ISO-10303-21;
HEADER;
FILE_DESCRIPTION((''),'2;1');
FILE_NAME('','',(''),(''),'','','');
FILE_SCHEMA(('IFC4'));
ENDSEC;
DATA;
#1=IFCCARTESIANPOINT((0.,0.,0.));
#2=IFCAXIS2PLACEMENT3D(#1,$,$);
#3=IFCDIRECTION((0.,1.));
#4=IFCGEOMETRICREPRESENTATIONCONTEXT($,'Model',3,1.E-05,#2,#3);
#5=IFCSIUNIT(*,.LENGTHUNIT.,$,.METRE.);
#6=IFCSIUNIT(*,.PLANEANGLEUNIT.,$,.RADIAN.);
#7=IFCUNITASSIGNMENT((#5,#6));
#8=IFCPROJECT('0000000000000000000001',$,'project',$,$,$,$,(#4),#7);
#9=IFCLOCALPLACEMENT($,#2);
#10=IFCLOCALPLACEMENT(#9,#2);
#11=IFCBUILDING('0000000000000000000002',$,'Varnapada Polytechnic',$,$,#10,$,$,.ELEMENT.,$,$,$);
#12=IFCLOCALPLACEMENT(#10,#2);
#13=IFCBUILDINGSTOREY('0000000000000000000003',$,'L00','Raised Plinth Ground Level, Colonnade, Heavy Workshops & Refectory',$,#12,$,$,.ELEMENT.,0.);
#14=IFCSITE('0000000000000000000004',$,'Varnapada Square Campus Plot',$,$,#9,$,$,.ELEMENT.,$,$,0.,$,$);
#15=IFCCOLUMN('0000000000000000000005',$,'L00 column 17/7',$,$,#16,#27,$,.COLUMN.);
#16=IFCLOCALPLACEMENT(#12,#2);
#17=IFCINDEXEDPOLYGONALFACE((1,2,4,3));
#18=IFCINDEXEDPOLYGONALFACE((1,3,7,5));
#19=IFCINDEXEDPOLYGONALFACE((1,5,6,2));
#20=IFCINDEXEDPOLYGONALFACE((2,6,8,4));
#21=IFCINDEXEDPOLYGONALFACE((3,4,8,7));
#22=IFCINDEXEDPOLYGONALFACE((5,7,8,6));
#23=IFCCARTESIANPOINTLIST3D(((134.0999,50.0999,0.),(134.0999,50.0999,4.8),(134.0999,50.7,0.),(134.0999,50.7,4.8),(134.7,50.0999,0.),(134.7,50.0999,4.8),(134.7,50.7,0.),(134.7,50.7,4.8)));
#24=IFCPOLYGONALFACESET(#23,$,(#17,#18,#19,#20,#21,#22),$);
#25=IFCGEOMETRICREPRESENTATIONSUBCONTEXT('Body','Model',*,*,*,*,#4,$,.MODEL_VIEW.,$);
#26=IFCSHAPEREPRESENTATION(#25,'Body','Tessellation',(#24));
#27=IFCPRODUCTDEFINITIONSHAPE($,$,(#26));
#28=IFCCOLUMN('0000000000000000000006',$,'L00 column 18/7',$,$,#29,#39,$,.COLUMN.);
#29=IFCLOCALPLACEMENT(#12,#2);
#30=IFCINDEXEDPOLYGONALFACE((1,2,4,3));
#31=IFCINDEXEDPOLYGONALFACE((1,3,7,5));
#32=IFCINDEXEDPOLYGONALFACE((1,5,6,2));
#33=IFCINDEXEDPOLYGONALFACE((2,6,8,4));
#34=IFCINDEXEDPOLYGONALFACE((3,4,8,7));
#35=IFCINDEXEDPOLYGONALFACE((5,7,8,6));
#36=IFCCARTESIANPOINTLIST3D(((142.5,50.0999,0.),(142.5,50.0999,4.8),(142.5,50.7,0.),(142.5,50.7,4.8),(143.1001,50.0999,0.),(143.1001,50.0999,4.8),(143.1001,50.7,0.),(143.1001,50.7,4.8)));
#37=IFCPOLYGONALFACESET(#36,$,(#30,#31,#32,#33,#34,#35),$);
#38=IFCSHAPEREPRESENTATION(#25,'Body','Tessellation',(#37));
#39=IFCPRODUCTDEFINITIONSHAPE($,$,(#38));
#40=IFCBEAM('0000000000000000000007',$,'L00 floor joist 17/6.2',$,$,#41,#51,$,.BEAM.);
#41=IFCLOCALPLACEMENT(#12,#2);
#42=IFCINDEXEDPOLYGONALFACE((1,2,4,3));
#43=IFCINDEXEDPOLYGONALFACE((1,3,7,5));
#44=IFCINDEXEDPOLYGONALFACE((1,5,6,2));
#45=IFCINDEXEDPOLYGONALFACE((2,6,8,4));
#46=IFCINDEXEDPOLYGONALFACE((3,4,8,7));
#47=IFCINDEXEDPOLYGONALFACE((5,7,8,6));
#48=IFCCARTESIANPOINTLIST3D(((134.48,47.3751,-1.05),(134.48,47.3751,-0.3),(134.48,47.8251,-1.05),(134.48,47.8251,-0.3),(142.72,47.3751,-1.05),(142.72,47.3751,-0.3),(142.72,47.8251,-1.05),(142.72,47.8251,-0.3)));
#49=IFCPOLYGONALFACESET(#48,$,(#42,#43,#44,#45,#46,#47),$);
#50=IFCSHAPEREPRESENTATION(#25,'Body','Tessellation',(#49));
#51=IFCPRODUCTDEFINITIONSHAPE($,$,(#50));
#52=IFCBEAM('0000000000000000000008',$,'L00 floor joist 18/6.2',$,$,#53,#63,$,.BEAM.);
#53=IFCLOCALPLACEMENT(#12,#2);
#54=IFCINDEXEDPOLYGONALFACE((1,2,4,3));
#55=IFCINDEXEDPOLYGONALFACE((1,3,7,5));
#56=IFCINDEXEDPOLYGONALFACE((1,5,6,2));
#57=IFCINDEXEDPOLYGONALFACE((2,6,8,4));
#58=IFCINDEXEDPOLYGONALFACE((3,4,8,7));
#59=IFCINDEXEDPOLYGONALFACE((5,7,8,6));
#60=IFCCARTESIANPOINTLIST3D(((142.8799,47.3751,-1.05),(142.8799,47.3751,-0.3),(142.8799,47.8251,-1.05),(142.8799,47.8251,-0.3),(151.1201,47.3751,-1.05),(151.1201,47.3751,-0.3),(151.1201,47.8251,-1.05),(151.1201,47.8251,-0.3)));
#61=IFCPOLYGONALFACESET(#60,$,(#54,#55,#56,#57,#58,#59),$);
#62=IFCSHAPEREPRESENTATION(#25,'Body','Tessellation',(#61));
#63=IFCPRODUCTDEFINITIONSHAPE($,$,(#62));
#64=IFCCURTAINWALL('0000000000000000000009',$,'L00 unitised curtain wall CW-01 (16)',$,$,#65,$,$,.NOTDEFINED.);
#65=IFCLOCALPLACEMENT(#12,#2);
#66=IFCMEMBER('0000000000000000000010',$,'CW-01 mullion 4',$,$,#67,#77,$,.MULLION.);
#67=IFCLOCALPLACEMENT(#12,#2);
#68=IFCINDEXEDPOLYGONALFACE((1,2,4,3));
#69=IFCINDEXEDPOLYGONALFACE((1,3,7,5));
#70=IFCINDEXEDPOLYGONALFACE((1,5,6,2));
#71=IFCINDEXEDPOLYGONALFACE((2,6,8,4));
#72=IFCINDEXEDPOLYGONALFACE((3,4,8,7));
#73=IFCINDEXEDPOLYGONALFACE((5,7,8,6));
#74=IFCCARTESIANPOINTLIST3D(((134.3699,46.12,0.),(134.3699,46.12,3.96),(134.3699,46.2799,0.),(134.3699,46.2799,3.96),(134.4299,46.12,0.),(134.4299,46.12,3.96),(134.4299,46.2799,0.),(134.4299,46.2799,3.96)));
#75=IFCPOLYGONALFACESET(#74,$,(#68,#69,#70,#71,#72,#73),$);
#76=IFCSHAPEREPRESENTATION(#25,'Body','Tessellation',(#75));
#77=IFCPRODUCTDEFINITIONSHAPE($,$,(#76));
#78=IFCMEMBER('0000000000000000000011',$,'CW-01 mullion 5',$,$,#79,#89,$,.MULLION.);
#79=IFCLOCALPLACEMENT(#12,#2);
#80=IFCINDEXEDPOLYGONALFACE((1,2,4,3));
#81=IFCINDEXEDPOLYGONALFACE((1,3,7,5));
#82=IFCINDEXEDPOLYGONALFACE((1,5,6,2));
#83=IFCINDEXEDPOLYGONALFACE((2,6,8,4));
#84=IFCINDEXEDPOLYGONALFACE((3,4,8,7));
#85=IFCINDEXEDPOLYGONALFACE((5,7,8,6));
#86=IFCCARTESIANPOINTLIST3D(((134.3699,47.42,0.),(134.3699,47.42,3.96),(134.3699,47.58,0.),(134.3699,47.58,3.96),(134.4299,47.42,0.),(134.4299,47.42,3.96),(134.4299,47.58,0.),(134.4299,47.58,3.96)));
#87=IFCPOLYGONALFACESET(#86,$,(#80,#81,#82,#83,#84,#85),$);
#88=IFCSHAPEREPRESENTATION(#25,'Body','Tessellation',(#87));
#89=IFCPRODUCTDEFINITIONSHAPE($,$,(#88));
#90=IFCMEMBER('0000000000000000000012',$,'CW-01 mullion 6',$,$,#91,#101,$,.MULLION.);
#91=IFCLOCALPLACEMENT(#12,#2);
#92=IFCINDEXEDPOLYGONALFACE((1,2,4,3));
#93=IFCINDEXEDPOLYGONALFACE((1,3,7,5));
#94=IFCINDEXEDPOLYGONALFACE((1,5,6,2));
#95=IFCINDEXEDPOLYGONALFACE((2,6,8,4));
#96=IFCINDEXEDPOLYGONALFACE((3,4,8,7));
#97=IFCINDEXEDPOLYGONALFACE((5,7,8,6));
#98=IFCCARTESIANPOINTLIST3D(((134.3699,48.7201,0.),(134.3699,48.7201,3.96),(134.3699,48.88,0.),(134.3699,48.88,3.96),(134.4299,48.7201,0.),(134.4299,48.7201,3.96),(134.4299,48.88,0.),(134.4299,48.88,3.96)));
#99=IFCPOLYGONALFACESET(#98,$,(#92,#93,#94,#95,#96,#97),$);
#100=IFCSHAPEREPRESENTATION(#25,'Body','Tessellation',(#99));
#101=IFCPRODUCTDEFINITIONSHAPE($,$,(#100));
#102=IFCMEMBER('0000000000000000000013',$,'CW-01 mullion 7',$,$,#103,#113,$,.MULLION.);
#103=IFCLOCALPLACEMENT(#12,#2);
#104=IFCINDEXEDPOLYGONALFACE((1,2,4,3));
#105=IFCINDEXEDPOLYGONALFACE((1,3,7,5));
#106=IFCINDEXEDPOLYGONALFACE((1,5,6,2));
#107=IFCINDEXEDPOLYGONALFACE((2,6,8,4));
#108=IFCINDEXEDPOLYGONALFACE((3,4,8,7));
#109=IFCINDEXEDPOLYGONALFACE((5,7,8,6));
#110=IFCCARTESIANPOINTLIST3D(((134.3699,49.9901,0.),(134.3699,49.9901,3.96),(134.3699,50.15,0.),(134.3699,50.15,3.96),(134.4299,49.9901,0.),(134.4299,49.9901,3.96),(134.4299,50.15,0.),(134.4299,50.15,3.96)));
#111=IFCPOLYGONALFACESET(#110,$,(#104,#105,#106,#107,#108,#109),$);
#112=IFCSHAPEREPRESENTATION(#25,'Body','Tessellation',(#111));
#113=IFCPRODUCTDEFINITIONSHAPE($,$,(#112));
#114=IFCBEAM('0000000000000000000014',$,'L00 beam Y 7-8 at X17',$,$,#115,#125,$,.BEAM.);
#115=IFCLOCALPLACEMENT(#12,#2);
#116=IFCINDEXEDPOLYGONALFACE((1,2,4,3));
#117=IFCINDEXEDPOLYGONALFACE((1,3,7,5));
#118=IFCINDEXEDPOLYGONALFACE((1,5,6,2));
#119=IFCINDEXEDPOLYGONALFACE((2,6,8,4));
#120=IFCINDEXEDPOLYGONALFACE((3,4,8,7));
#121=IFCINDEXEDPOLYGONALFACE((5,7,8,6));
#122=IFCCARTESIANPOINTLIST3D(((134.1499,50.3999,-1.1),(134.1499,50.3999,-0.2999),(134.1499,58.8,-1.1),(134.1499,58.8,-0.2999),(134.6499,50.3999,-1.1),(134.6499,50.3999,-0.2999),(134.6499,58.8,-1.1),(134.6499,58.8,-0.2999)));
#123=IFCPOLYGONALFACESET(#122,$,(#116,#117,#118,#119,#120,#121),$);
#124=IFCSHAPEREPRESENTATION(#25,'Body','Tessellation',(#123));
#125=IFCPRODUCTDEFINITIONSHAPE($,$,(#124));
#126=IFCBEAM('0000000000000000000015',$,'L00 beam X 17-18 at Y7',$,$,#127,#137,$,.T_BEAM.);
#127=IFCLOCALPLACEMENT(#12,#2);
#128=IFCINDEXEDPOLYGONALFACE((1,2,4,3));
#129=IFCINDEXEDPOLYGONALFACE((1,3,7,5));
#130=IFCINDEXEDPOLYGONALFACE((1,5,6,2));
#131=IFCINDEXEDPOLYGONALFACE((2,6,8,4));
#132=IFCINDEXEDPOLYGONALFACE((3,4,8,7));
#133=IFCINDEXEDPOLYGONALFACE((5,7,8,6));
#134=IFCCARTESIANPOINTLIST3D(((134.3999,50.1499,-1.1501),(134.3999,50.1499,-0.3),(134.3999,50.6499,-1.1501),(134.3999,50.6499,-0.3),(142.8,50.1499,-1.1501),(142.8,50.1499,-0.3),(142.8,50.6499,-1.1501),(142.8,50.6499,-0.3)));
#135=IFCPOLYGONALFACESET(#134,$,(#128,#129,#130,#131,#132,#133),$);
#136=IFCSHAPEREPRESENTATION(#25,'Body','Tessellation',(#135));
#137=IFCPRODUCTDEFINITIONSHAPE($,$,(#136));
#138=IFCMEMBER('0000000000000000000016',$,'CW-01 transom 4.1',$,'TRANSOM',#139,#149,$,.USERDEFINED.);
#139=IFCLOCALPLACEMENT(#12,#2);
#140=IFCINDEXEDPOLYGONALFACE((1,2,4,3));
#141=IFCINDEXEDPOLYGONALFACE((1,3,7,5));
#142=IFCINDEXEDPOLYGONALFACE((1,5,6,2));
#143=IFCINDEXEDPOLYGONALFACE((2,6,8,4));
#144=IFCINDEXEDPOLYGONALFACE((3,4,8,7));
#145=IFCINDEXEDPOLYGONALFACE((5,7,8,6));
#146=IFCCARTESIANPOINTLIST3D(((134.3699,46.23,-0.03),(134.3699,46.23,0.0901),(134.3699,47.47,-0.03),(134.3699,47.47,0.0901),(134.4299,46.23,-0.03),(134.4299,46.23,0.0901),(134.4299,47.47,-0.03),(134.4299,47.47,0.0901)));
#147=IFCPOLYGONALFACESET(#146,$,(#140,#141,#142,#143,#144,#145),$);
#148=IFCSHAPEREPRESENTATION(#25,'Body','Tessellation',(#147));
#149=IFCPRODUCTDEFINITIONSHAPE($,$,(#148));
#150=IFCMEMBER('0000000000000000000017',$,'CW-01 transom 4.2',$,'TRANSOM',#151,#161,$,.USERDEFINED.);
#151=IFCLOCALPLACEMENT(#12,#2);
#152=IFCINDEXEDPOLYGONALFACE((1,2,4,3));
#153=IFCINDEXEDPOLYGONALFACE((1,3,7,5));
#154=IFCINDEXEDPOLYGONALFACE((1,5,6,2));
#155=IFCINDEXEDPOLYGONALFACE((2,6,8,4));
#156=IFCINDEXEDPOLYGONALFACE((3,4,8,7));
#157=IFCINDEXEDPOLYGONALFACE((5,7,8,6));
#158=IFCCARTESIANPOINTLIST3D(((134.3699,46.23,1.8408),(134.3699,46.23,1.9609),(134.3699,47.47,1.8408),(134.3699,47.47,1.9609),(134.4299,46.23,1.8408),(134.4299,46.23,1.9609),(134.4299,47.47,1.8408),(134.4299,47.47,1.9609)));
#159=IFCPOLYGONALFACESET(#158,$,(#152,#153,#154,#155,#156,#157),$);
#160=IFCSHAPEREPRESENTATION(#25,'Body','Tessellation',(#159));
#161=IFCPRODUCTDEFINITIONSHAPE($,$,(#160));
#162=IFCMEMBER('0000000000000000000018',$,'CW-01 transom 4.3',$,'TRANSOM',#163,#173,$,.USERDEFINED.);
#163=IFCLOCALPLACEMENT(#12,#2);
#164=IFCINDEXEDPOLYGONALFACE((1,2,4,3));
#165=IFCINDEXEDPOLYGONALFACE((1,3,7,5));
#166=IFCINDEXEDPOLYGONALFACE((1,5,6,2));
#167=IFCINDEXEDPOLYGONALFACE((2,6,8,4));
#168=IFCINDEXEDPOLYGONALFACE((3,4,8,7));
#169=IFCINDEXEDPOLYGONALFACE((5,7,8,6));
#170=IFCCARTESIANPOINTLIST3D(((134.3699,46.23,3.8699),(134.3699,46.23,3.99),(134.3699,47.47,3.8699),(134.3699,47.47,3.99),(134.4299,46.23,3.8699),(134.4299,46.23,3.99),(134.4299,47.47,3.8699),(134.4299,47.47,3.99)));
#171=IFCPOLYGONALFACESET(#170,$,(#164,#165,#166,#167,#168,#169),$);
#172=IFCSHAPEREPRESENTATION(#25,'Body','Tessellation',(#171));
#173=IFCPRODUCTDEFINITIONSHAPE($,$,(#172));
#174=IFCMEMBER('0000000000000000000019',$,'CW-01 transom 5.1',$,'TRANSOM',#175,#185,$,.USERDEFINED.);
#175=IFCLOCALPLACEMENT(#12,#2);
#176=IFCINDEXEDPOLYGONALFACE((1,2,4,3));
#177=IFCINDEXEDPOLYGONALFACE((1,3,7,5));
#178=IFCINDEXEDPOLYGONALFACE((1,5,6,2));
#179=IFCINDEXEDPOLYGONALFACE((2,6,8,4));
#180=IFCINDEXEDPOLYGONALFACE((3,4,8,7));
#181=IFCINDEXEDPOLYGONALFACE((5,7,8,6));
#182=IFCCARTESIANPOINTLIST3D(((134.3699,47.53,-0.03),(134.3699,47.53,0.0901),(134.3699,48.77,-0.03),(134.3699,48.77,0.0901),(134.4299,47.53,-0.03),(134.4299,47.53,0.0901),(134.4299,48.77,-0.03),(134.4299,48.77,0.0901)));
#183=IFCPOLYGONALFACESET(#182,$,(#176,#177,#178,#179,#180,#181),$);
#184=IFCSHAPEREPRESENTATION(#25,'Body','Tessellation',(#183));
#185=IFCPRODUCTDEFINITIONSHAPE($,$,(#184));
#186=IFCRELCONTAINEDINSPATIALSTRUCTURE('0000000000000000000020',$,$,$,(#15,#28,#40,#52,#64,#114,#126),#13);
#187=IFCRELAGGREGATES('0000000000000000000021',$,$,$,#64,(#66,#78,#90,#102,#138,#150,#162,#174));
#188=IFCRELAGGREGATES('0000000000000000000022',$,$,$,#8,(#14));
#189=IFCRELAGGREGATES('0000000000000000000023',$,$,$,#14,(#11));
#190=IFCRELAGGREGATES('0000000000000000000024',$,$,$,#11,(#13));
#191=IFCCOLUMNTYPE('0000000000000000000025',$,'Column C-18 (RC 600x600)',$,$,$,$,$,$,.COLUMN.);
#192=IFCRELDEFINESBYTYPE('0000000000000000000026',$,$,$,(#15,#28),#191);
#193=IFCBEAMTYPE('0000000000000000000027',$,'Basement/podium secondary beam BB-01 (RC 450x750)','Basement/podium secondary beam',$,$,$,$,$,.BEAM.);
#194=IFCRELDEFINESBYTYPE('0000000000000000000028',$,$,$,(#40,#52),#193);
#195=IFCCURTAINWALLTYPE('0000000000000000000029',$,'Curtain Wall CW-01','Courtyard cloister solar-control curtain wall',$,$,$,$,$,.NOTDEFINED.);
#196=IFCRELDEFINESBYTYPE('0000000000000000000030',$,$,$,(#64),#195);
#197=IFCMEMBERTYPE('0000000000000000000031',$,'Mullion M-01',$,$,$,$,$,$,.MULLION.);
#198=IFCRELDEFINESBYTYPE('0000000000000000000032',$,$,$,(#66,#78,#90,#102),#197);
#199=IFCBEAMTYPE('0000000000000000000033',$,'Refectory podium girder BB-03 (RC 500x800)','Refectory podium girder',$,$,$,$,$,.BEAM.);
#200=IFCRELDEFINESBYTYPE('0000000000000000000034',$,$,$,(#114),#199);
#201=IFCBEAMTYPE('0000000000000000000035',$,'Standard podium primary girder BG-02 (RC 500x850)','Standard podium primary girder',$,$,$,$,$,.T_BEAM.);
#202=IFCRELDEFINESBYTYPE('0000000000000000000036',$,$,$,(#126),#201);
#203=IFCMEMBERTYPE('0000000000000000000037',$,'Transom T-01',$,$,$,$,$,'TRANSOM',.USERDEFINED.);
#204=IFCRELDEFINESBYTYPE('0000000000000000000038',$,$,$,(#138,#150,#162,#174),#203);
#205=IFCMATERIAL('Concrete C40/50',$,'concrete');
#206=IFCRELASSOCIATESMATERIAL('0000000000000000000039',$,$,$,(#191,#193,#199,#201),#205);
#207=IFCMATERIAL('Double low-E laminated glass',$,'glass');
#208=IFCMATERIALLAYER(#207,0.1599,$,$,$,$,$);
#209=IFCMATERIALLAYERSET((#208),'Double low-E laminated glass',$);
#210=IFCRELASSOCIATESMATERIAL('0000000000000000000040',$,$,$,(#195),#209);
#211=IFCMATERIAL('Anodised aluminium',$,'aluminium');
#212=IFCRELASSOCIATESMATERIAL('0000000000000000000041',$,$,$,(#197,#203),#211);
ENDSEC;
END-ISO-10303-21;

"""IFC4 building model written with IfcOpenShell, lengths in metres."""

from ifc_helpers import new_model, si_unit, direction, frame, origin, origin_2d, place, context, subcontext, project, spatial, rectangle, extrude, material, layer, layer_set, material_profile, profile_set, type_object, element, aggregate, save


model = new_model("IFC4")

# Units and contexts
model_context = context("Model", 3, precision=1e-05, world=origin(), true_north=direction((0.0, 1.0)))
body_context = subcontext(model_context, "Body", "Model", "MODEL_VIEW")
ifc_project = project(units=[si_unit("LENGTHUNIT", "METRE"), si_unit("PLANEANGLEUNIT", "RADIAN")], contexts=[model_context])

# Site, building, storey
site_placement = place(None, origin())
site = spatial("IfcSite", under=ifc_project, at=site_placement, Name="Varnapada Square Campus Plot", CompositionType="ELEMENT", RefElevation=0.0)
building_placement = place(site_placement, origin())
building = spatial("IfcBuilding", under=site, at=building_placement, Name="Varnapada Polytechnic", CompositionType="ELEMENT")
storey_placement = place(building_placement, origin())
storey = spatial("IfcBuildingStorey", under=building, at=storey_placement, Name="L00", Description="Raised Plinth Ground Level, Colonnade, Heavy Workshops & Refectory", CompositionType="ELEMENT", Elevation=0.0)

# Columns
ifc_material_1 = material(Name="Concrete C40/50", Category="concrete")
ifc_material_profile_1 = material_profile(ifc_material_1, rectangle(XDim=0.6001, YDim=0.6001, at=origin_2d()), Name="RC 600x600")
ifc_profile_set_1 = profile_set([ifc_material_profile_1], Name="Concrete C40/50")
column_type = type_object("IfcColumnType", Name="Column C-18 (RC 600x600)", PredefinedType="COLUMN", material=ifc_profile_set_1)
for number, where, z_axis, x_axis, name in (
    (1, (134.3999, 50.3999, 0.0), (0.0, 0.0, 1.0), (1.0, 0.0, 0.0), "L00 column 17/7"),
    (2, (142.8, 50.3999, 0.0), (0.0, 0.0, 1.0), (1.0, 0.0, 0.0), "L00 column 18/7"),
):
    element("IfcColumn", number, at=place(storey_placement, frame(where, z_axis=z_axis, x_axis=x_axis)), inside=storey, type_object=column_type, Name=name, PredefinedType="COLUMN", context=body_context, shape_type="SweptSolid", body=[
        extrude(rectangle(XDim=0.6001, YDim=0.6001, at=origin_2d()), origin(), (0.0, 0.0, 1.0), 4.8),
    ])

# Beams
ifc_material_profile_2 = material_profile(ifc_material_1, rectangle(XDim=0.45, YDim=0.75, at=origin_2d()), Name="RC 450x750")
ifc_profile_set_2 = profile_set([ifc_material_profile_2], Name="Concrete C40/50")
beam_type_1 = type_object("IfcBeamType", Name="Basement/podium secondary beam BB-01 (RC 450x750)", Description="Basement/podium secondary beam", PredefinedType="BEAM", material=ifc_profile_set_2)
beam_1_placement = place(storey_placement, frame((134.48, 47.6001, -0.675), z_axis=(1.0, 0.0, 0.0), x_axis=(0.0, 1.0, 0.0)))
element("IfcBeam", 3, at=beam_1_placement, inside=storey, type_object=beam_type_1, Name="L00 floor joist 17/6.2", PredefinedType="BEAM", context=body_context, shape_type="SweptSolid", body=[
    extrude(rectangle(XDim=0.45, YDim=0.75, at=origin_2d()), origin(), (0.0, 0.0, 1.0), 8.24),
])
beam_2_placement = place(storey_placement, frame((142.8799, 47.6001, -0.675), z_axis=(1.0, 0.0, 0.0), x_axis=(0.0, 1.0, 0.0)))
element("IfcBeam", 4, at=beam_2_placement, inside=storey, type_object=beam_type_1, Name="L00 floor joist 18/6.2", PredefinedType="BEAM", context=body_context, shape_type="SweptSolid", body=[
    extrude(rectangle(XDim=0.45, YDim=0.75, at=origin_2d()), origin(), (0.0, 0.0, 1.0), 8.2402),
])

# Curtain wall, members
ifc_material_2 = material(Name="Double low-E laminated glass", Category="glass")
ifc_layer_1 = layer(ifc_material_2, 0.1599)
ifc_layer_set_1 = layer_set([ifc_layer_1], Name="Double low-E laminated glass")
curtain_wall_type = type_object("IfcCurtainWallType", Name="Curtain Wall CW-01", Description="Courtyard cloister solar-control curtain wall", PredefinedType="NOTDEFINED", material=ifc_layer_set_1)
curtain_wall_placement = place(storey_placement, origin())
curtain_wall = element("IfcCurtainWall", 5, at=curtain_wall_placement, inside=storey, type_object=curtain_wall_type, Name="L00 unitised curtain wall CW-01 (16)", PredefinedType="NOTDEFINED")
ifc_material_3 = material(Name="Anodised aluminium", Category="aluminium")
ifc_material_profile_3 = material_profile(ifc_material_3, rectangle(XDim=0.0601, YDim=0.1599, at=origin_2d()), Name="ALU M60x160")
ifc_profile_set_3 = profile_set([ifc_material_profile_3], Name="Anodised aluminium")
member_type_1 = type_object("IfcMemberType", Name="Mullion M-01", PredefinedType="MULLION", material=ifc_profile_set_3)
member_1_placement = place(storey_placement, frame((134.3999, 46.2, 0.0), z_axis=(0.0, 0.0, 1.0), x_axis=(-1.0, 0.0, 0.0)))
member_1 = element("IfcMember", 6, at=member_1_placement, type_object=member_type_1, Name="CW-01 mullion 4", PredefinedType="MULLION", context=body_context, shape_type="SweptSolid", body=[
    extrude(rectangle(XDim=0.0601, YDim=0.1599, at=origin_2d()), origin(), (0.0, 0.0, 1.0), 3.96),
])
member_2_placement = place(storey_placement, frame((134.3999, 47.5, 0.0), z_axis=(0.0, 0.0, 1.0), x_axis=(-1.0, 0.0, 0.0)))
member_2 = element("IfcMember", 7, at=member_2_placement, type_object=member_type_1, Name="CW-01 mullion 5", PredefinedType="MULLION", context=body_context, shape_type="SweptSolid", body=[
    extrude(rectangle(XDim=0.0601, YDim=0.1599, at=origin_2d()), origin(), (0.0, 0.0, 1.0), 3.96),
])
member_3_placement = place(storey_placement, frame((134.3999, 48.8, 0.0), z_axis=(0.0, 0.0, 1.0), x_axis=(-1.0, 0.0, 0.0)))
member_3 = element("IfcMember", 8, at=member_3_placement, type_object=member_type_1, Name="CW-01 mullion 6", PredefinedType="MULLION", context=body_context, shape_type="SweptSolid", body=[
    extrude(rectangle(XDim=0.0601, YDim=0.1599, at=origin_2d()), origin(), (0.0, 0.0, 1.0), 3.96),
])
member_4_placement = place(storey_placement, frame((134.3999, 50.0701, 0.0), z_axis=(0.0, 0.0, 1.0), x_axis=(-1.0, 0.0, 0.0)))
member_4 = element("IfcMember", 9, at=member_4_placement, type_object=member_type_1, Name="CW-01 mullion 7", PredefinedType="MULLION", context=body_context, shape_type="SweptSolid", body=[
    extrude(rectangle(XDim=0.0601, YDim=0.1599, at=origin_2d()), origin(), (0.0, 0.0, 1.0), 3.96),
])

# Beams
ifc_material_profile_4 = material_profile(ifc_material_1, rectangle(XDim=0.5, YDim=0.8, at=origin_2d()), Name="RC 500x800")
ifc_profile_set_4 = profile_set([ifc_material_profile_4], Name="Concrete C40/50")
beam_type_2 = type_object("IfcBeamType", Name="Refectory podium girder BB-03 (RC 500x800)", Description="Refectory podium girder", PredefinedType="BEAM", material=ifc_profile_set_4)
beam_3_placement = place(storey_placement, frame((134.3999, 50.3999, -0.7), z_axis=(0.0, 1.0, 0.0), x_axis=(-1.0, 0.0, 0.0)))
element("IfcBeam", 10, at=beam_3_placement, inside=storey, type_object=beam_type_2, Name="L00 beam Y 7-8 at X17", PredefinedType="BEAM", context=body_context, shape_type="SweptSolid", body=[
    extrude(rectangle(XDim=0.5, YDim=0.8, at=origin_2d()), origin(), (0.0, 0.0, 1.0), 8.4001),
])
ifc_material_profile_5 = material_profile(ifc_material_1, rectangle(XDim=0.5, YDim=0.8501, at=origin_2d()), Name="RC 500x850")
ifc_profile_set_5 = profile_set([ifc_material_profile_5], Name="Concrete C40/50")
beam_type_3 = type_object("IfcBeamType", Name="Standard podium primary girder BG-02 (RC 500x850)", Description="Standard podium primary girder", PredefinedType="T_BEAM", material=ifc_profile_set_5)
beam_4_placement = place(storey_placement, frame((134.3999, 50.3999, -0.7251), z_axis=(1.0, 0.0, 0.0), x_axis=(0.0, 1.0, 0.0)))
element("IfcBeam", 11, at=beam_4_placement, inside=storey, type_object=beam_type_3, Name="L00 beam X 17-18 at Y7", PredefinedType="T_BEAM", context=body_context, shape_type="SweptSolid", body=[
    extrude(rectangle(XDim=0.5, YDim=0.8501, at=origin_2d()), origin(), (0.0, 0.0, 1.0), 8.4001),
])

# Members
ifc_material_profile_6 = material_profile(ifc_material_3, rectangle(XDim=0.0601, YDim=0.1201, at=origin_2d()), Name="ALU T60x120")
ifc_profile_set_6 = profile_set([ifc_material_profile_6], Name="Anodised aluminium")
member_type_2 = type_object("IfcMemberType", Name="Transom T-01", ElementType="TRANSOM", PredefinedType="USERDEFINED", material=ifc_profile_set_6)
member_5_placement = place(storey_placement, frame((134.3999, 46.23, 0.03), z_axis=(0.0, 1.0, 0.0), x_axis=(-1.0, 0.0, 0.0)))
member_5 = element("IfcMember", 12, at=member_5_placement, type_object=member_type_2, Name="CW-01 transom 4.1", ObjectType="TRANSOM", PredefinedType="USERDEFINED", context=body_context, shape_type="SweptSolid", body=[
    extrude(rectangle(XDim=0.0601, YDim=0.1201, at=origin_2d()), origin(), (0.0, 0.0, 1.0), 1.24),
])
member_6_placement = place(storey_placement, frame((134.3999, 46.23, 1.9009), z_axis=(0.0, 1.0, 0.0), x_axis=(-1.0, 0.0, 0.0)))
member_6 = element("IfcMember", 13, at=member_6_placement, type_object=member_type_2, Name="CW-01 transom 4.2", ObjectType="TRANSOM", PredefinedType="USERDEFINED", context=body_context, shape_type="SweptSolid", body=[
    extrude(rectangle(XDim=0.0601, YDim=0.1201, at=origin_2d()), origin(), (0.0, 0.0, 1.0), 1.24),
])
member_7_placement = place(storey_placement, frame((134.3999, 46.23, 3.9299), z_axis=(0.0, 1.0, 0.0), x_axis=(-1.0, 0.0, 0.0)))
member_7 = element("IfcMember", 14, at=member_7_placement, type_object=member_type_2, Name="CW-01 transom 4.3", ObjectType="TRANSOM", PredefinedType="USERDEFINED", context=body_context, shape_type="SweptSolid", body=[
    extrude(rectangle(XDim=0.0601, YDim=0.1201, at=origin_2d()), origin(), (0.0, 0.0, 1.0), 1.24),
])
member_8_placement = place(storey_placement, frame((134.3999, 47.53, 0.03), z_axis=(0.0, 1.0, 0.0), x_axis=(-1.0, 0.0, 0.0)))
member_8 = element("IfcMember", 15, at=member_8_placement, type_object=member_type_2, Name="CW-01 transom 5.1", ObjectType="TRANSOM", PredefinedType="USERDEFINED", context=body_context, shape_type="SweptSolid", body=[
    extrude(rectangle(XDim=0.0601, YDim=0.1201, at=origin_2d()), origin(), (0.0, 0.0, 1.0), 1.24),
])

aggregate(curtain_wall, [member_1, member_2, member_3, member_4, member_5, member_6, member_7, member_8])

save(model, "model.ifc")
